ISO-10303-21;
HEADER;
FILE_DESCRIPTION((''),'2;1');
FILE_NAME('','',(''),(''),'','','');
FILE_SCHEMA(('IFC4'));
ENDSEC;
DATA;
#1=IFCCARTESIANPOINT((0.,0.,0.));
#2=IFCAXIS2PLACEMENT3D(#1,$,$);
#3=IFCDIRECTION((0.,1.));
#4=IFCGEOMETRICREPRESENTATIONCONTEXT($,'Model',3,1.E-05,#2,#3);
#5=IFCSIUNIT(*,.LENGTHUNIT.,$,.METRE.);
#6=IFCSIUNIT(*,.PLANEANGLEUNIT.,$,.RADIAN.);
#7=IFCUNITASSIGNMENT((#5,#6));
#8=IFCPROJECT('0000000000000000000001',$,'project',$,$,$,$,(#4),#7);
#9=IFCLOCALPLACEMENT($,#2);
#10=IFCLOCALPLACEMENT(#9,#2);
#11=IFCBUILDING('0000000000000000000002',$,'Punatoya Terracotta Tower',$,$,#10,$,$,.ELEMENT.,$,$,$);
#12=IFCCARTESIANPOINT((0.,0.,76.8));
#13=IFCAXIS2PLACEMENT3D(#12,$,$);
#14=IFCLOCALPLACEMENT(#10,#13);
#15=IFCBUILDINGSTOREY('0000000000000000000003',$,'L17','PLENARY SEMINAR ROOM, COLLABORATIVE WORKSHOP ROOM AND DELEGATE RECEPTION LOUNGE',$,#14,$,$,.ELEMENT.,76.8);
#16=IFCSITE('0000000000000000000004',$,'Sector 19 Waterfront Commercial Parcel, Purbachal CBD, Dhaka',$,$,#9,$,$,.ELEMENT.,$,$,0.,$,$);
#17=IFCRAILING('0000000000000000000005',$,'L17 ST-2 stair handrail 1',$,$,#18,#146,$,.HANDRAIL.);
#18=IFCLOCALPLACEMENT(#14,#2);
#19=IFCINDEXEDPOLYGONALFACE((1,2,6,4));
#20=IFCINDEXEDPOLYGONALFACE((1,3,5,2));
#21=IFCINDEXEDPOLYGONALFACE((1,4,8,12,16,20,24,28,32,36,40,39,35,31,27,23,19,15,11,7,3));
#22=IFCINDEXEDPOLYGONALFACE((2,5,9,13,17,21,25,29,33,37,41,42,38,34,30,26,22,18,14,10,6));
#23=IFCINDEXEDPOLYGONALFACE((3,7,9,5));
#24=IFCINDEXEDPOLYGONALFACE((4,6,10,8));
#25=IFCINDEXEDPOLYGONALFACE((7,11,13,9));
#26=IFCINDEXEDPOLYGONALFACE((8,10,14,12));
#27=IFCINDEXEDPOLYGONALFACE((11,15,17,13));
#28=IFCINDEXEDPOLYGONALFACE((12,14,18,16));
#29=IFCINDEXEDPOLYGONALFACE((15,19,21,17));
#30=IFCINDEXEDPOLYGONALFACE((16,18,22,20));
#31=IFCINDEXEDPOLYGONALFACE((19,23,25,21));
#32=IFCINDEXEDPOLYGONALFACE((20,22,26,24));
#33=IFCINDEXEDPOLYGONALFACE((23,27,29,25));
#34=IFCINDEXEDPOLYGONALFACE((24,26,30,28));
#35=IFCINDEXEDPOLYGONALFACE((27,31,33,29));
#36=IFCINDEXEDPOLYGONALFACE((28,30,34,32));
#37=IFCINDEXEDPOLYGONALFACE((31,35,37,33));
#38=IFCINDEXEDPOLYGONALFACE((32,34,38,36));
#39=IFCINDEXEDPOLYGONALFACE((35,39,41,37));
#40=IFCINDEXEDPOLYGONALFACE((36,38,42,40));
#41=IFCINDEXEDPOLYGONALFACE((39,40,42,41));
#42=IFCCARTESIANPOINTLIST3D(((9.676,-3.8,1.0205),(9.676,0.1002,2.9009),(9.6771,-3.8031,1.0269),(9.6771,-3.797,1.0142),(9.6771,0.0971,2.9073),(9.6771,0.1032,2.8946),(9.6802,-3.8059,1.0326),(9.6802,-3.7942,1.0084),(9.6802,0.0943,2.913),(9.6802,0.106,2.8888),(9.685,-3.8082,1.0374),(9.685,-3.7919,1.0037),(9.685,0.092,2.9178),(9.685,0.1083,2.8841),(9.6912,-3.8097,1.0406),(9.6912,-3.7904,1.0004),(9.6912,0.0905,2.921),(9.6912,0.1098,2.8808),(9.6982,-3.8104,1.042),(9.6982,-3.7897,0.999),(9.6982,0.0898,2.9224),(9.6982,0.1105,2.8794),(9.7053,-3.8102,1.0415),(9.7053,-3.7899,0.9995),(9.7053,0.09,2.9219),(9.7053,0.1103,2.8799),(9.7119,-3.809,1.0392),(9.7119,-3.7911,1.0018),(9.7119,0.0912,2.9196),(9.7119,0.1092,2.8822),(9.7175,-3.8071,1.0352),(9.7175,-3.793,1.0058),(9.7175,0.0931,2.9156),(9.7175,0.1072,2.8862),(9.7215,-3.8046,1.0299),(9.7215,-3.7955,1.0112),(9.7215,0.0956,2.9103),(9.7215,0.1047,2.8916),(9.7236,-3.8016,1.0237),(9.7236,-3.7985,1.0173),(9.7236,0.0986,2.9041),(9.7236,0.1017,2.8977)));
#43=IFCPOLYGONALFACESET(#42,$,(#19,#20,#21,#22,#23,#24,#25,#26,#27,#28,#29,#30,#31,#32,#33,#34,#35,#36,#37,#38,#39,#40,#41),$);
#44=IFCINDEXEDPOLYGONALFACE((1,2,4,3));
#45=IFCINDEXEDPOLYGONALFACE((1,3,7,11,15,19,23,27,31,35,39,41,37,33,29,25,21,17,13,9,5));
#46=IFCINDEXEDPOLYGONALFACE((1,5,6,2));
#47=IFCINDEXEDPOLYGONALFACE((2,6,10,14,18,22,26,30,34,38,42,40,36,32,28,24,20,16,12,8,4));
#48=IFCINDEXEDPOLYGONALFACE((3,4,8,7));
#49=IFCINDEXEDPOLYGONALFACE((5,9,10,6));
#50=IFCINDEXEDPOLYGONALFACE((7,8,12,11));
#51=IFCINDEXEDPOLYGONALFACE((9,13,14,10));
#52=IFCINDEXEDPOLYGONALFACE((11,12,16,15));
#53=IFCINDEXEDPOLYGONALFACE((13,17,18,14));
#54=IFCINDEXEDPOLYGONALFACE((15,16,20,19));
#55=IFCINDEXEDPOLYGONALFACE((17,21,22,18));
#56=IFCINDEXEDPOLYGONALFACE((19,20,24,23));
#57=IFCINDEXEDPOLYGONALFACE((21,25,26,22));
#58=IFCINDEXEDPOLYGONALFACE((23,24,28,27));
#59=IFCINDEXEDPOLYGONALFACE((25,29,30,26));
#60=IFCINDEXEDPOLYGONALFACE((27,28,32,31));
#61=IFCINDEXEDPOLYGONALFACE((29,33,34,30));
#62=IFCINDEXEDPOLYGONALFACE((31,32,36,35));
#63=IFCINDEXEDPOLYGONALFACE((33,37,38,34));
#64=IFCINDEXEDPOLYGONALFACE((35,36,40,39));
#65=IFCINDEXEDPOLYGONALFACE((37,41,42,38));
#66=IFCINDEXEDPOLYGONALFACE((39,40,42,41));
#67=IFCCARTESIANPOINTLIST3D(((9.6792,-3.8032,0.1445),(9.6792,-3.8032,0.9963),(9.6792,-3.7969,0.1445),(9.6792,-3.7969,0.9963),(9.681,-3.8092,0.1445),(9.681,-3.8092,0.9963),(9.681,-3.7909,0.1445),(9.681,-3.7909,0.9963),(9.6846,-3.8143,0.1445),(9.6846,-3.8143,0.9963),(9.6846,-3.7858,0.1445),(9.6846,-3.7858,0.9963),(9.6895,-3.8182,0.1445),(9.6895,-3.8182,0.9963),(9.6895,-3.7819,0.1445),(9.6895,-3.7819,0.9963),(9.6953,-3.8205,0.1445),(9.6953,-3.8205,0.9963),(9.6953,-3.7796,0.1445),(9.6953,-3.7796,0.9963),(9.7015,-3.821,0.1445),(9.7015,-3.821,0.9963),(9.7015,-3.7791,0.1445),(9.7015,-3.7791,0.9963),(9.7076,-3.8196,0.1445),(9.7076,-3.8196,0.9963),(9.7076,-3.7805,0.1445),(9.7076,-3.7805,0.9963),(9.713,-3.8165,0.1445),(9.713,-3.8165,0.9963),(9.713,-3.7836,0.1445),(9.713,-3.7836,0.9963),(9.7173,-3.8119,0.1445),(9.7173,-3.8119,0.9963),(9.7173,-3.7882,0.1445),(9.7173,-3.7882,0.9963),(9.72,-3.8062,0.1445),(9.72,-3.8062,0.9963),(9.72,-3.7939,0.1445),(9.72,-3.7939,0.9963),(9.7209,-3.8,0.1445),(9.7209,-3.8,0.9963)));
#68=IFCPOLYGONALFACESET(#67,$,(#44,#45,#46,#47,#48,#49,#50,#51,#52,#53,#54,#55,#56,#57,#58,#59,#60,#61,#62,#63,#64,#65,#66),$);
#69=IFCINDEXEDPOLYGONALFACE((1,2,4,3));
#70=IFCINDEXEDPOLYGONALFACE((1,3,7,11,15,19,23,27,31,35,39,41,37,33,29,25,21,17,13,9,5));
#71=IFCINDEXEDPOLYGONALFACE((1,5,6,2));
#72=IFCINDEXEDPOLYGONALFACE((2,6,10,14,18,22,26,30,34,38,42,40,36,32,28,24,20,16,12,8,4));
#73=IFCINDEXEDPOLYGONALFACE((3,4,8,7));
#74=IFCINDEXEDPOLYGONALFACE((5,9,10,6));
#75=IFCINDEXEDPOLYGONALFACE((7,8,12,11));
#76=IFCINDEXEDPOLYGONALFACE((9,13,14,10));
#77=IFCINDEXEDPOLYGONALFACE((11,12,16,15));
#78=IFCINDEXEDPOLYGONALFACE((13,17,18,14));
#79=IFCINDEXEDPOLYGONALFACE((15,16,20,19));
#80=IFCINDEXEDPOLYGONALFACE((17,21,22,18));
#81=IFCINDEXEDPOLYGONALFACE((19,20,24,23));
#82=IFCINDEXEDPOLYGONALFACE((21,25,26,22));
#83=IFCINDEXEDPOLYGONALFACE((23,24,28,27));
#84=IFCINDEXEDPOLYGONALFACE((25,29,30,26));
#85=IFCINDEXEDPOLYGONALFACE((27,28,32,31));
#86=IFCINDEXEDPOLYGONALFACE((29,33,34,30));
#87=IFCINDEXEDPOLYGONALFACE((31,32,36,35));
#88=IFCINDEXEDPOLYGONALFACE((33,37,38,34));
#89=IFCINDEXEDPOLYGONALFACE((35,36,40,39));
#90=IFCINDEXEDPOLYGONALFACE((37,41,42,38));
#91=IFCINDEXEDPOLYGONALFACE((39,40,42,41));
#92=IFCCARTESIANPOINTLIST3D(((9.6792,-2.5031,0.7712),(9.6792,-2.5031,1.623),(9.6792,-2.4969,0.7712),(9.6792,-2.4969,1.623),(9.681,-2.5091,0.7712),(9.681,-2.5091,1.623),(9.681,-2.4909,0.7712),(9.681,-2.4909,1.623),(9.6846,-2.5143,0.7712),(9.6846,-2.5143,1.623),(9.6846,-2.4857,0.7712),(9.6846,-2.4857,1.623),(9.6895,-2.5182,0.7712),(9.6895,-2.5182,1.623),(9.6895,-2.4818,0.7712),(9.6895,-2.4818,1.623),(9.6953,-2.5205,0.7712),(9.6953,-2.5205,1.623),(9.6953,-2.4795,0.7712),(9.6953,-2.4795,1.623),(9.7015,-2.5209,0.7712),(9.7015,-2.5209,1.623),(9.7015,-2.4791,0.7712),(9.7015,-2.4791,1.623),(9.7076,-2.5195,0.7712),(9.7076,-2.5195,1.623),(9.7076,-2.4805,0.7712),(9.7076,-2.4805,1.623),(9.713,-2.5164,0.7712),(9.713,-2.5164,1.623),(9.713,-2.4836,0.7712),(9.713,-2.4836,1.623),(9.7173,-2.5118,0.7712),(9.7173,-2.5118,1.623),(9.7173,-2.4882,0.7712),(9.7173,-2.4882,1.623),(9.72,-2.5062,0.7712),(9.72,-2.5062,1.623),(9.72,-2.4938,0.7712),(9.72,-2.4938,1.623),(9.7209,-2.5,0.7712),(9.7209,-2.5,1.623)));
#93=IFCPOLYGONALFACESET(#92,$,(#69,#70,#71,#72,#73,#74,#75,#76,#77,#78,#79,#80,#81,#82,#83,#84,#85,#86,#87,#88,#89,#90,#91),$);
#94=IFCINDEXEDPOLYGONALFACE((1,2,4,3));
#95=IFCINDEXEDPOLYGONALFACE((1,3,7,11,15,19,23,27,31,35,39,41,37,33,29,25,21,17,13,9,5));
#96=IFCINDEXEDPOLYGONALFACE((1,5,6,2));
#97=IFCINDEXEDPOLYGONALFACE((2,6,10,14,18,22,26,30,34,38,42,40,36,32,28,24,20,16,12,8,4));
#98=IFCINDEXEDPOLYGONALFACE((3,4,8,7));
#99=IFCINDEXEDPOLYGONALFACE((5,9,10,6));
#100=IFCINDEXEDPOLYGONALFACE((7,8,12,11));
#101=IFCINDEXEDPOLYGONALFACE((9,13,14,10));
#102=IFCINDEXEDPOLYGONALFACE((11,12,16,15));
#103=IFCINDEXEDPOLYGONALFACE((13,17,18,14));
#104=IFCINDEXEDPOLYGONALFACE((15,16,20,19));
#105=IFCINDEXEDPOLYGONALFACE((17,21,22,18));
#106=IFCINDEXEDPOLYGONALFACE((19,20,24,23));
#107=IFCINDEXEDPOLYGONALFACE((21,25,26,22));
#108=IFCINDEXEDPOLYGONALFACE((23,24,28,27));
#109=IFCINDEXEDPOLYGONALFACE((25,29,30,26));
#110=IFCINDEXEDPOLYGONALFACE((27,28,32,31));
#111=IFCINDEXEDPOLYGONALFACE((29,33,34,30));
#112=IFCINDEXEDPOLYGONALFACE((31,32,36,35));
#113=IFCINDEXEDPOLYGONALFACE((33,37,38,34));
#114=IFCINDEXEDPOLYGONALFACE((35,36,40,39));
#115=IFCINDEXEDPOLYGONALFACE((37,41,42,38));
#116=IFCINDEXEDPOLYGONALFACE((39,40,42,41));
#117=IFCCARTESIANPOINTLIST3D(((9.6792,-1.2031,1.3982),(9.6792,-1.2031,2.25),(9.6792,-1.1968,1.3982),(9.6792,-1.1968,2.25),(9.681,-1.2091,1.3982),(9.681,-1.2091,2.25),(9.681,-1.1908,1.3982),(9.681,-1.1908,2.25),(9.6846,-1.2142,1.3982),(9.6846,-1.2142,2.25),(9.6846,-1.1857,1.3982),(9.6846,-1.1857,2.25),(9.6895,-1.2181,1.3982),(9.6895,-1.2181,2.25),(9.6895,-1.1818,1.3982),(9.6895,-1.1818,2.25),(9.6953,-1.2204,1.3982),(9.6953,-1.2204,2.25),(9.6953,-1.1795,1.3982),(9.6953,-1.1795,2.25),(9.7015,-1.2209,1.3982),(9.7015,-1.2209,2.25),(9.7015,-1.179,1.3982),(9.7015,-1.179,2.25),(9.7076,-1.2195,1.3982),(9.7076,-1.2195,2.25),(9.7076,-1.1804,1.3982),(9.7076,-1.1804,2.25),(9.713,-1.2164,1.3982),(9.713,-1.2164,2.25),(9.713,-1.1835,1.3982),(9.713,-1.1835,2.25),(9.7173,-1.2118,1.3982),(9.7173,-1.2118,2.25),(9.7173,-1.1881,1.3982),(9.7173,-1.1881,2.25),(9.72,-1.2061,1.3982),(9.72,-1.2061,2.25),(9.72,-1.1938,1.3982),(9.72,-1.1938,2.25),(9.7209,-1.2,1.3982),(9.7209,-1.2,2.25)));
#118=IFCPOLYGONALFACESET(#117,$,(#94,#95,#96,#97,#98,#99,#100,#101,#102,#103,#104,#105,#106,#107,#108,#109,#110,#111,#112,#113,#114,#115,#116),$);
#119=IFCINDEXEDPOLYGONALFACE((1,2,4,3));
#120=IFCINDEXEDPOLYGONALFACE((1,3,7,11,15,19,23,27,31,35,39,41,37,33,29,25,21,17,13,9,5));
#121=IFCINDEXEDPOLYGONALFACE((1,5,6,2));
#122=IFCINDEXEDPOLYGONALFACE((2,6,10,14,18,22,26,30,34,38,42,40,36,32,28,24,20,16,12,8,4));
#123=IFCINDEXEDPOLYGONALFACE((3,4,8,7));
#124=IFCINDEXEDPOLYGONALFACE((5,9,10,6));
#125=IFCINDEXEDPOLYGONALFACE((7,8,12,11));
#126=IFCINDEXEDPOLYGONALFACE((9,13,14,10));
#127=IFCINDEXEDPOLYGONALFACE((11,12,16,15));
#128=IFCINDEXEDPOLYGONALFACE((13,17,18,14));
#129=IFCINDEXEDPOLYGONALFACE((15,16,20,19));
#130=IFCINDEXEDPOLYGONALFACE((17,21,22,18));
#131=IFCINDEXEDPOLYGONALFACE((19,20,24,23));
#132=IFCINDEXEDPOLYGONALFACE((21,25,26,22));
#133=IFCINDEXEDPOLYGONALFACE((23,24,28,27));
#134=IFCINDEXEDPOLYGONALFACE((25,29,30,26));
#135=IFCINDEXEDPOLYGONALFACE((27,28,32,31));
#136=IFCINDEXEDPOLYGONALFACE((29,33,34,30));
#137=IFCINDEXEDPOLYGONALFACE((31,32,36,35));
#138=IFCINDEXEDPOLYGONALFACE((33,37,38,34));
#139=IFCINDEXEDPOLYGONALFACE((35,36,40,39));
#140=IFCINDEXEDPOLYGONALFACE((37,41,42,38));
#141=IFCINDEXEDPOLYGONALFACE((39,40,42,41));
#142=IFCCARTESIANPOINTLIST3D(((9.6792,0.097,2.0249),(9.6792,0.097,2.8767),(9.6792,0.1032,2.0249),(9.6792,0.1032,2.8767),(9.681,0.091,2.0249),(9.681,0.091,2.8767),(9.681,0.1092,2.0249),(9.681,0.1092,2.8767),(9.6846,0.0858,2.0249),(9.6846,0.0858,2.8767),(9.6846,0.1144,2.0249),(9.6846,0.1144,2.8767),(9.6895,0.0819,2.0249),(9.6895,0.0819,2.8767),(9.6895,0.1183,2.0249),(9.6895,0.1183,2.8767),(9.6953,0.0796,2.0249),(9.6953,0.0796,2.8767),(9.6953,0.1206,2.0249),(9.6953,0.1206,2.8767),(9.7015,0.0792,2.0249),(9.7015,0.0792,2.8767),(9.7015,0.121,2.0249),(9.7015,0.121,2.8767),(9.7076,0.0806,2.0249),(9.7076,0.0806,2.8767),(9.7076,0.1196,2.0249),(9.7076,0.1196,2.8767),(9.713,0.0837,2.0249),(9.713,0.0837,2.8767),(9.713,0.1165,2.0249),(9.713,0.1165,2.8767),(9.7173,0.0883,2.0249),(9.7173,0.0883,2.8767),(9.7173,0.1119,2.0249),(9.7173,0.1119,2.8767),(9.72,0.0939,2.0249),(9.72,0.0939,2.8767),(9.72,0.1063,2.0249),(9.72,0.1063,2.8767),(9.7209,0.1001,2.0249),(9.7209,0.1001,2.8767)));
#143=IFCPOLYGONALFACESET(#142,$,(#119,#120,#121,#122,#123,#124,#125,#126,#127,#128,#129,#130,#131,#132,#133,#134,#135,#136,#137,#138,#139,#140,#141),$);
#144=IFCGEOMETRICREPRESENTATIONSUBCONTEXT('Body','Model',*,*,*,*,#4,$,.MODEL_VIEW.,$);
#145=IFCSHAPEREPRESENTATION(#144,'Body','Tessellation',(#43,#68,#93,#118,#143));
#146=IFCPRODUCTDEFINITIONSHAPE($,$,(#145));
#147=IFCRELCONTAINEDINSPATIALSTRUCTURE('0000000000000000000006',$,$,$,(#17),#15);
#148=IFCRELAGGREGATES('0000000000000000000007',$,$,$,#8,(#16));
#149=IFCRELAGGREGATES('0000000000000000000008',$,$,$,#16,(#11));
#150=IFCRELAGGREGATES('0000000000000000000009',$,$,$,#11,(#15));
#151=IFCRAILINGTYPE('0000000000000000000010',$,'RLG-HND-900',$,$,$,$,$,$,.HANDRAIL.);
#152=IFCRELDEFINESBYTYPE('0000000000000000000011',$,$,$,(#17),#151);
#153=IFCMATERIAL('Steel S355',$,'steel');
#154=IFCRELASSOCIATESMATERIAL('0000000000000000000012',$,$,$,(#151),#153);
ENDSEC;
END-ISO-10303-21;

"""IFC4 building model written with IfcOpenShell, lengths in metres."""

from ifc_helpers import new_model, si_unit, direction, frame, origin, origin_2d, place, context, subcontext, project, spatial, circle, extrude, material, type_object, element, save


model = new_model("IFC4")

# Units and contexts
model_context = context("Model", 3, precision=1e-05, world=origin(), true_north=direction((0.0, 1.0)))
body_context = subcontext(model_context, "Body", "Model", "MODEL_VIEW")
ifc_project = project(units=[si_unit("LENGTHUNIT", "METRE"), si_unit("PLANEANGLEUNIT", "RADIAN")], contexts=[model_context])

# Site, building, storey
site_placement = place(None, origin())
site = spatial("IfcSite", under=ifc_project, at=site_placement, Name="Sector 19 Waterfront Commercial Parcel, Purbachal CBD, Dhaka", CompositionType="ELEMENT", RefElevation=0.0)
building_placement = place(site_placement, origin())
building = spatial("IfcBuilding", under=site, at=building_placement, Name="Punatoya Terracotta Tower", CompositionType="ELEMENT")
storey_placement = place(building_placement, frame((0.0, 0.0, 76.8)))
storey = spatial("IfcBuildingStorey", under=building, at=storey_placement, Name="L17", Description="PLENARY SEMINAR ROOM, COLLABORATIVE WORKSHOP ROOM AND DELEGATE RECEPTION LOUNGE", CompositionType="ELEMENT", Elevation=76.8)

# Shared definitions
ifc_material_1 = material(Name="Steel S355", Category="steel")

# Railing
railing_type_1 = type_object("IfcRailingType", Name="RLG-HND-900", PredefinedType="HANDRAIL", material=ifc_material_1)
railing_1_placement = place(storey_placement, frame((9.7, -3.8, 0.1445)))
element("IfcRailing", 1, at=railing_1_placement, inside=storey, type_object=railing_type_1, Name="L17 ST-2 stair handrail 1", PredefinedType="HANDRAIL", context=body_context, shape_type="SweptSolid", body=[
    extrude(circle(Radius=0.0239, at=origin_2d()), frame((0.0, 0.0, 0.876), z_axis=(0.0, 0.900774, 0.434289), x_axis=(-1.0, 0.0, 0.0)), (0.0, 0.0, 1.0), 4.3298),
    extrude(circle(Radius=0.021, at=origin_2d()), origin(), (0.0, 0.0, 1.0), 0.8518),
    extrude(circle(Radius=0.021, at=origin_2d()), frame((0.0, 1.3, 0.6267)), (0.0, 0.0, 1.0), 0.8518),
    extrude(circle(Radius=0.021, at=origin_2d()), frame((0.0, 2.6001, 1.2537)), (0.0, 0.0, 1.0), 0.8518),
    extrude(circle(Radius=0.021, at=origin_2d()), frame((0.0, 3.9001, 1.8804)), (0.0, 0.0, 1.0), 0.8518),
])

save(model, "model.ifc")
